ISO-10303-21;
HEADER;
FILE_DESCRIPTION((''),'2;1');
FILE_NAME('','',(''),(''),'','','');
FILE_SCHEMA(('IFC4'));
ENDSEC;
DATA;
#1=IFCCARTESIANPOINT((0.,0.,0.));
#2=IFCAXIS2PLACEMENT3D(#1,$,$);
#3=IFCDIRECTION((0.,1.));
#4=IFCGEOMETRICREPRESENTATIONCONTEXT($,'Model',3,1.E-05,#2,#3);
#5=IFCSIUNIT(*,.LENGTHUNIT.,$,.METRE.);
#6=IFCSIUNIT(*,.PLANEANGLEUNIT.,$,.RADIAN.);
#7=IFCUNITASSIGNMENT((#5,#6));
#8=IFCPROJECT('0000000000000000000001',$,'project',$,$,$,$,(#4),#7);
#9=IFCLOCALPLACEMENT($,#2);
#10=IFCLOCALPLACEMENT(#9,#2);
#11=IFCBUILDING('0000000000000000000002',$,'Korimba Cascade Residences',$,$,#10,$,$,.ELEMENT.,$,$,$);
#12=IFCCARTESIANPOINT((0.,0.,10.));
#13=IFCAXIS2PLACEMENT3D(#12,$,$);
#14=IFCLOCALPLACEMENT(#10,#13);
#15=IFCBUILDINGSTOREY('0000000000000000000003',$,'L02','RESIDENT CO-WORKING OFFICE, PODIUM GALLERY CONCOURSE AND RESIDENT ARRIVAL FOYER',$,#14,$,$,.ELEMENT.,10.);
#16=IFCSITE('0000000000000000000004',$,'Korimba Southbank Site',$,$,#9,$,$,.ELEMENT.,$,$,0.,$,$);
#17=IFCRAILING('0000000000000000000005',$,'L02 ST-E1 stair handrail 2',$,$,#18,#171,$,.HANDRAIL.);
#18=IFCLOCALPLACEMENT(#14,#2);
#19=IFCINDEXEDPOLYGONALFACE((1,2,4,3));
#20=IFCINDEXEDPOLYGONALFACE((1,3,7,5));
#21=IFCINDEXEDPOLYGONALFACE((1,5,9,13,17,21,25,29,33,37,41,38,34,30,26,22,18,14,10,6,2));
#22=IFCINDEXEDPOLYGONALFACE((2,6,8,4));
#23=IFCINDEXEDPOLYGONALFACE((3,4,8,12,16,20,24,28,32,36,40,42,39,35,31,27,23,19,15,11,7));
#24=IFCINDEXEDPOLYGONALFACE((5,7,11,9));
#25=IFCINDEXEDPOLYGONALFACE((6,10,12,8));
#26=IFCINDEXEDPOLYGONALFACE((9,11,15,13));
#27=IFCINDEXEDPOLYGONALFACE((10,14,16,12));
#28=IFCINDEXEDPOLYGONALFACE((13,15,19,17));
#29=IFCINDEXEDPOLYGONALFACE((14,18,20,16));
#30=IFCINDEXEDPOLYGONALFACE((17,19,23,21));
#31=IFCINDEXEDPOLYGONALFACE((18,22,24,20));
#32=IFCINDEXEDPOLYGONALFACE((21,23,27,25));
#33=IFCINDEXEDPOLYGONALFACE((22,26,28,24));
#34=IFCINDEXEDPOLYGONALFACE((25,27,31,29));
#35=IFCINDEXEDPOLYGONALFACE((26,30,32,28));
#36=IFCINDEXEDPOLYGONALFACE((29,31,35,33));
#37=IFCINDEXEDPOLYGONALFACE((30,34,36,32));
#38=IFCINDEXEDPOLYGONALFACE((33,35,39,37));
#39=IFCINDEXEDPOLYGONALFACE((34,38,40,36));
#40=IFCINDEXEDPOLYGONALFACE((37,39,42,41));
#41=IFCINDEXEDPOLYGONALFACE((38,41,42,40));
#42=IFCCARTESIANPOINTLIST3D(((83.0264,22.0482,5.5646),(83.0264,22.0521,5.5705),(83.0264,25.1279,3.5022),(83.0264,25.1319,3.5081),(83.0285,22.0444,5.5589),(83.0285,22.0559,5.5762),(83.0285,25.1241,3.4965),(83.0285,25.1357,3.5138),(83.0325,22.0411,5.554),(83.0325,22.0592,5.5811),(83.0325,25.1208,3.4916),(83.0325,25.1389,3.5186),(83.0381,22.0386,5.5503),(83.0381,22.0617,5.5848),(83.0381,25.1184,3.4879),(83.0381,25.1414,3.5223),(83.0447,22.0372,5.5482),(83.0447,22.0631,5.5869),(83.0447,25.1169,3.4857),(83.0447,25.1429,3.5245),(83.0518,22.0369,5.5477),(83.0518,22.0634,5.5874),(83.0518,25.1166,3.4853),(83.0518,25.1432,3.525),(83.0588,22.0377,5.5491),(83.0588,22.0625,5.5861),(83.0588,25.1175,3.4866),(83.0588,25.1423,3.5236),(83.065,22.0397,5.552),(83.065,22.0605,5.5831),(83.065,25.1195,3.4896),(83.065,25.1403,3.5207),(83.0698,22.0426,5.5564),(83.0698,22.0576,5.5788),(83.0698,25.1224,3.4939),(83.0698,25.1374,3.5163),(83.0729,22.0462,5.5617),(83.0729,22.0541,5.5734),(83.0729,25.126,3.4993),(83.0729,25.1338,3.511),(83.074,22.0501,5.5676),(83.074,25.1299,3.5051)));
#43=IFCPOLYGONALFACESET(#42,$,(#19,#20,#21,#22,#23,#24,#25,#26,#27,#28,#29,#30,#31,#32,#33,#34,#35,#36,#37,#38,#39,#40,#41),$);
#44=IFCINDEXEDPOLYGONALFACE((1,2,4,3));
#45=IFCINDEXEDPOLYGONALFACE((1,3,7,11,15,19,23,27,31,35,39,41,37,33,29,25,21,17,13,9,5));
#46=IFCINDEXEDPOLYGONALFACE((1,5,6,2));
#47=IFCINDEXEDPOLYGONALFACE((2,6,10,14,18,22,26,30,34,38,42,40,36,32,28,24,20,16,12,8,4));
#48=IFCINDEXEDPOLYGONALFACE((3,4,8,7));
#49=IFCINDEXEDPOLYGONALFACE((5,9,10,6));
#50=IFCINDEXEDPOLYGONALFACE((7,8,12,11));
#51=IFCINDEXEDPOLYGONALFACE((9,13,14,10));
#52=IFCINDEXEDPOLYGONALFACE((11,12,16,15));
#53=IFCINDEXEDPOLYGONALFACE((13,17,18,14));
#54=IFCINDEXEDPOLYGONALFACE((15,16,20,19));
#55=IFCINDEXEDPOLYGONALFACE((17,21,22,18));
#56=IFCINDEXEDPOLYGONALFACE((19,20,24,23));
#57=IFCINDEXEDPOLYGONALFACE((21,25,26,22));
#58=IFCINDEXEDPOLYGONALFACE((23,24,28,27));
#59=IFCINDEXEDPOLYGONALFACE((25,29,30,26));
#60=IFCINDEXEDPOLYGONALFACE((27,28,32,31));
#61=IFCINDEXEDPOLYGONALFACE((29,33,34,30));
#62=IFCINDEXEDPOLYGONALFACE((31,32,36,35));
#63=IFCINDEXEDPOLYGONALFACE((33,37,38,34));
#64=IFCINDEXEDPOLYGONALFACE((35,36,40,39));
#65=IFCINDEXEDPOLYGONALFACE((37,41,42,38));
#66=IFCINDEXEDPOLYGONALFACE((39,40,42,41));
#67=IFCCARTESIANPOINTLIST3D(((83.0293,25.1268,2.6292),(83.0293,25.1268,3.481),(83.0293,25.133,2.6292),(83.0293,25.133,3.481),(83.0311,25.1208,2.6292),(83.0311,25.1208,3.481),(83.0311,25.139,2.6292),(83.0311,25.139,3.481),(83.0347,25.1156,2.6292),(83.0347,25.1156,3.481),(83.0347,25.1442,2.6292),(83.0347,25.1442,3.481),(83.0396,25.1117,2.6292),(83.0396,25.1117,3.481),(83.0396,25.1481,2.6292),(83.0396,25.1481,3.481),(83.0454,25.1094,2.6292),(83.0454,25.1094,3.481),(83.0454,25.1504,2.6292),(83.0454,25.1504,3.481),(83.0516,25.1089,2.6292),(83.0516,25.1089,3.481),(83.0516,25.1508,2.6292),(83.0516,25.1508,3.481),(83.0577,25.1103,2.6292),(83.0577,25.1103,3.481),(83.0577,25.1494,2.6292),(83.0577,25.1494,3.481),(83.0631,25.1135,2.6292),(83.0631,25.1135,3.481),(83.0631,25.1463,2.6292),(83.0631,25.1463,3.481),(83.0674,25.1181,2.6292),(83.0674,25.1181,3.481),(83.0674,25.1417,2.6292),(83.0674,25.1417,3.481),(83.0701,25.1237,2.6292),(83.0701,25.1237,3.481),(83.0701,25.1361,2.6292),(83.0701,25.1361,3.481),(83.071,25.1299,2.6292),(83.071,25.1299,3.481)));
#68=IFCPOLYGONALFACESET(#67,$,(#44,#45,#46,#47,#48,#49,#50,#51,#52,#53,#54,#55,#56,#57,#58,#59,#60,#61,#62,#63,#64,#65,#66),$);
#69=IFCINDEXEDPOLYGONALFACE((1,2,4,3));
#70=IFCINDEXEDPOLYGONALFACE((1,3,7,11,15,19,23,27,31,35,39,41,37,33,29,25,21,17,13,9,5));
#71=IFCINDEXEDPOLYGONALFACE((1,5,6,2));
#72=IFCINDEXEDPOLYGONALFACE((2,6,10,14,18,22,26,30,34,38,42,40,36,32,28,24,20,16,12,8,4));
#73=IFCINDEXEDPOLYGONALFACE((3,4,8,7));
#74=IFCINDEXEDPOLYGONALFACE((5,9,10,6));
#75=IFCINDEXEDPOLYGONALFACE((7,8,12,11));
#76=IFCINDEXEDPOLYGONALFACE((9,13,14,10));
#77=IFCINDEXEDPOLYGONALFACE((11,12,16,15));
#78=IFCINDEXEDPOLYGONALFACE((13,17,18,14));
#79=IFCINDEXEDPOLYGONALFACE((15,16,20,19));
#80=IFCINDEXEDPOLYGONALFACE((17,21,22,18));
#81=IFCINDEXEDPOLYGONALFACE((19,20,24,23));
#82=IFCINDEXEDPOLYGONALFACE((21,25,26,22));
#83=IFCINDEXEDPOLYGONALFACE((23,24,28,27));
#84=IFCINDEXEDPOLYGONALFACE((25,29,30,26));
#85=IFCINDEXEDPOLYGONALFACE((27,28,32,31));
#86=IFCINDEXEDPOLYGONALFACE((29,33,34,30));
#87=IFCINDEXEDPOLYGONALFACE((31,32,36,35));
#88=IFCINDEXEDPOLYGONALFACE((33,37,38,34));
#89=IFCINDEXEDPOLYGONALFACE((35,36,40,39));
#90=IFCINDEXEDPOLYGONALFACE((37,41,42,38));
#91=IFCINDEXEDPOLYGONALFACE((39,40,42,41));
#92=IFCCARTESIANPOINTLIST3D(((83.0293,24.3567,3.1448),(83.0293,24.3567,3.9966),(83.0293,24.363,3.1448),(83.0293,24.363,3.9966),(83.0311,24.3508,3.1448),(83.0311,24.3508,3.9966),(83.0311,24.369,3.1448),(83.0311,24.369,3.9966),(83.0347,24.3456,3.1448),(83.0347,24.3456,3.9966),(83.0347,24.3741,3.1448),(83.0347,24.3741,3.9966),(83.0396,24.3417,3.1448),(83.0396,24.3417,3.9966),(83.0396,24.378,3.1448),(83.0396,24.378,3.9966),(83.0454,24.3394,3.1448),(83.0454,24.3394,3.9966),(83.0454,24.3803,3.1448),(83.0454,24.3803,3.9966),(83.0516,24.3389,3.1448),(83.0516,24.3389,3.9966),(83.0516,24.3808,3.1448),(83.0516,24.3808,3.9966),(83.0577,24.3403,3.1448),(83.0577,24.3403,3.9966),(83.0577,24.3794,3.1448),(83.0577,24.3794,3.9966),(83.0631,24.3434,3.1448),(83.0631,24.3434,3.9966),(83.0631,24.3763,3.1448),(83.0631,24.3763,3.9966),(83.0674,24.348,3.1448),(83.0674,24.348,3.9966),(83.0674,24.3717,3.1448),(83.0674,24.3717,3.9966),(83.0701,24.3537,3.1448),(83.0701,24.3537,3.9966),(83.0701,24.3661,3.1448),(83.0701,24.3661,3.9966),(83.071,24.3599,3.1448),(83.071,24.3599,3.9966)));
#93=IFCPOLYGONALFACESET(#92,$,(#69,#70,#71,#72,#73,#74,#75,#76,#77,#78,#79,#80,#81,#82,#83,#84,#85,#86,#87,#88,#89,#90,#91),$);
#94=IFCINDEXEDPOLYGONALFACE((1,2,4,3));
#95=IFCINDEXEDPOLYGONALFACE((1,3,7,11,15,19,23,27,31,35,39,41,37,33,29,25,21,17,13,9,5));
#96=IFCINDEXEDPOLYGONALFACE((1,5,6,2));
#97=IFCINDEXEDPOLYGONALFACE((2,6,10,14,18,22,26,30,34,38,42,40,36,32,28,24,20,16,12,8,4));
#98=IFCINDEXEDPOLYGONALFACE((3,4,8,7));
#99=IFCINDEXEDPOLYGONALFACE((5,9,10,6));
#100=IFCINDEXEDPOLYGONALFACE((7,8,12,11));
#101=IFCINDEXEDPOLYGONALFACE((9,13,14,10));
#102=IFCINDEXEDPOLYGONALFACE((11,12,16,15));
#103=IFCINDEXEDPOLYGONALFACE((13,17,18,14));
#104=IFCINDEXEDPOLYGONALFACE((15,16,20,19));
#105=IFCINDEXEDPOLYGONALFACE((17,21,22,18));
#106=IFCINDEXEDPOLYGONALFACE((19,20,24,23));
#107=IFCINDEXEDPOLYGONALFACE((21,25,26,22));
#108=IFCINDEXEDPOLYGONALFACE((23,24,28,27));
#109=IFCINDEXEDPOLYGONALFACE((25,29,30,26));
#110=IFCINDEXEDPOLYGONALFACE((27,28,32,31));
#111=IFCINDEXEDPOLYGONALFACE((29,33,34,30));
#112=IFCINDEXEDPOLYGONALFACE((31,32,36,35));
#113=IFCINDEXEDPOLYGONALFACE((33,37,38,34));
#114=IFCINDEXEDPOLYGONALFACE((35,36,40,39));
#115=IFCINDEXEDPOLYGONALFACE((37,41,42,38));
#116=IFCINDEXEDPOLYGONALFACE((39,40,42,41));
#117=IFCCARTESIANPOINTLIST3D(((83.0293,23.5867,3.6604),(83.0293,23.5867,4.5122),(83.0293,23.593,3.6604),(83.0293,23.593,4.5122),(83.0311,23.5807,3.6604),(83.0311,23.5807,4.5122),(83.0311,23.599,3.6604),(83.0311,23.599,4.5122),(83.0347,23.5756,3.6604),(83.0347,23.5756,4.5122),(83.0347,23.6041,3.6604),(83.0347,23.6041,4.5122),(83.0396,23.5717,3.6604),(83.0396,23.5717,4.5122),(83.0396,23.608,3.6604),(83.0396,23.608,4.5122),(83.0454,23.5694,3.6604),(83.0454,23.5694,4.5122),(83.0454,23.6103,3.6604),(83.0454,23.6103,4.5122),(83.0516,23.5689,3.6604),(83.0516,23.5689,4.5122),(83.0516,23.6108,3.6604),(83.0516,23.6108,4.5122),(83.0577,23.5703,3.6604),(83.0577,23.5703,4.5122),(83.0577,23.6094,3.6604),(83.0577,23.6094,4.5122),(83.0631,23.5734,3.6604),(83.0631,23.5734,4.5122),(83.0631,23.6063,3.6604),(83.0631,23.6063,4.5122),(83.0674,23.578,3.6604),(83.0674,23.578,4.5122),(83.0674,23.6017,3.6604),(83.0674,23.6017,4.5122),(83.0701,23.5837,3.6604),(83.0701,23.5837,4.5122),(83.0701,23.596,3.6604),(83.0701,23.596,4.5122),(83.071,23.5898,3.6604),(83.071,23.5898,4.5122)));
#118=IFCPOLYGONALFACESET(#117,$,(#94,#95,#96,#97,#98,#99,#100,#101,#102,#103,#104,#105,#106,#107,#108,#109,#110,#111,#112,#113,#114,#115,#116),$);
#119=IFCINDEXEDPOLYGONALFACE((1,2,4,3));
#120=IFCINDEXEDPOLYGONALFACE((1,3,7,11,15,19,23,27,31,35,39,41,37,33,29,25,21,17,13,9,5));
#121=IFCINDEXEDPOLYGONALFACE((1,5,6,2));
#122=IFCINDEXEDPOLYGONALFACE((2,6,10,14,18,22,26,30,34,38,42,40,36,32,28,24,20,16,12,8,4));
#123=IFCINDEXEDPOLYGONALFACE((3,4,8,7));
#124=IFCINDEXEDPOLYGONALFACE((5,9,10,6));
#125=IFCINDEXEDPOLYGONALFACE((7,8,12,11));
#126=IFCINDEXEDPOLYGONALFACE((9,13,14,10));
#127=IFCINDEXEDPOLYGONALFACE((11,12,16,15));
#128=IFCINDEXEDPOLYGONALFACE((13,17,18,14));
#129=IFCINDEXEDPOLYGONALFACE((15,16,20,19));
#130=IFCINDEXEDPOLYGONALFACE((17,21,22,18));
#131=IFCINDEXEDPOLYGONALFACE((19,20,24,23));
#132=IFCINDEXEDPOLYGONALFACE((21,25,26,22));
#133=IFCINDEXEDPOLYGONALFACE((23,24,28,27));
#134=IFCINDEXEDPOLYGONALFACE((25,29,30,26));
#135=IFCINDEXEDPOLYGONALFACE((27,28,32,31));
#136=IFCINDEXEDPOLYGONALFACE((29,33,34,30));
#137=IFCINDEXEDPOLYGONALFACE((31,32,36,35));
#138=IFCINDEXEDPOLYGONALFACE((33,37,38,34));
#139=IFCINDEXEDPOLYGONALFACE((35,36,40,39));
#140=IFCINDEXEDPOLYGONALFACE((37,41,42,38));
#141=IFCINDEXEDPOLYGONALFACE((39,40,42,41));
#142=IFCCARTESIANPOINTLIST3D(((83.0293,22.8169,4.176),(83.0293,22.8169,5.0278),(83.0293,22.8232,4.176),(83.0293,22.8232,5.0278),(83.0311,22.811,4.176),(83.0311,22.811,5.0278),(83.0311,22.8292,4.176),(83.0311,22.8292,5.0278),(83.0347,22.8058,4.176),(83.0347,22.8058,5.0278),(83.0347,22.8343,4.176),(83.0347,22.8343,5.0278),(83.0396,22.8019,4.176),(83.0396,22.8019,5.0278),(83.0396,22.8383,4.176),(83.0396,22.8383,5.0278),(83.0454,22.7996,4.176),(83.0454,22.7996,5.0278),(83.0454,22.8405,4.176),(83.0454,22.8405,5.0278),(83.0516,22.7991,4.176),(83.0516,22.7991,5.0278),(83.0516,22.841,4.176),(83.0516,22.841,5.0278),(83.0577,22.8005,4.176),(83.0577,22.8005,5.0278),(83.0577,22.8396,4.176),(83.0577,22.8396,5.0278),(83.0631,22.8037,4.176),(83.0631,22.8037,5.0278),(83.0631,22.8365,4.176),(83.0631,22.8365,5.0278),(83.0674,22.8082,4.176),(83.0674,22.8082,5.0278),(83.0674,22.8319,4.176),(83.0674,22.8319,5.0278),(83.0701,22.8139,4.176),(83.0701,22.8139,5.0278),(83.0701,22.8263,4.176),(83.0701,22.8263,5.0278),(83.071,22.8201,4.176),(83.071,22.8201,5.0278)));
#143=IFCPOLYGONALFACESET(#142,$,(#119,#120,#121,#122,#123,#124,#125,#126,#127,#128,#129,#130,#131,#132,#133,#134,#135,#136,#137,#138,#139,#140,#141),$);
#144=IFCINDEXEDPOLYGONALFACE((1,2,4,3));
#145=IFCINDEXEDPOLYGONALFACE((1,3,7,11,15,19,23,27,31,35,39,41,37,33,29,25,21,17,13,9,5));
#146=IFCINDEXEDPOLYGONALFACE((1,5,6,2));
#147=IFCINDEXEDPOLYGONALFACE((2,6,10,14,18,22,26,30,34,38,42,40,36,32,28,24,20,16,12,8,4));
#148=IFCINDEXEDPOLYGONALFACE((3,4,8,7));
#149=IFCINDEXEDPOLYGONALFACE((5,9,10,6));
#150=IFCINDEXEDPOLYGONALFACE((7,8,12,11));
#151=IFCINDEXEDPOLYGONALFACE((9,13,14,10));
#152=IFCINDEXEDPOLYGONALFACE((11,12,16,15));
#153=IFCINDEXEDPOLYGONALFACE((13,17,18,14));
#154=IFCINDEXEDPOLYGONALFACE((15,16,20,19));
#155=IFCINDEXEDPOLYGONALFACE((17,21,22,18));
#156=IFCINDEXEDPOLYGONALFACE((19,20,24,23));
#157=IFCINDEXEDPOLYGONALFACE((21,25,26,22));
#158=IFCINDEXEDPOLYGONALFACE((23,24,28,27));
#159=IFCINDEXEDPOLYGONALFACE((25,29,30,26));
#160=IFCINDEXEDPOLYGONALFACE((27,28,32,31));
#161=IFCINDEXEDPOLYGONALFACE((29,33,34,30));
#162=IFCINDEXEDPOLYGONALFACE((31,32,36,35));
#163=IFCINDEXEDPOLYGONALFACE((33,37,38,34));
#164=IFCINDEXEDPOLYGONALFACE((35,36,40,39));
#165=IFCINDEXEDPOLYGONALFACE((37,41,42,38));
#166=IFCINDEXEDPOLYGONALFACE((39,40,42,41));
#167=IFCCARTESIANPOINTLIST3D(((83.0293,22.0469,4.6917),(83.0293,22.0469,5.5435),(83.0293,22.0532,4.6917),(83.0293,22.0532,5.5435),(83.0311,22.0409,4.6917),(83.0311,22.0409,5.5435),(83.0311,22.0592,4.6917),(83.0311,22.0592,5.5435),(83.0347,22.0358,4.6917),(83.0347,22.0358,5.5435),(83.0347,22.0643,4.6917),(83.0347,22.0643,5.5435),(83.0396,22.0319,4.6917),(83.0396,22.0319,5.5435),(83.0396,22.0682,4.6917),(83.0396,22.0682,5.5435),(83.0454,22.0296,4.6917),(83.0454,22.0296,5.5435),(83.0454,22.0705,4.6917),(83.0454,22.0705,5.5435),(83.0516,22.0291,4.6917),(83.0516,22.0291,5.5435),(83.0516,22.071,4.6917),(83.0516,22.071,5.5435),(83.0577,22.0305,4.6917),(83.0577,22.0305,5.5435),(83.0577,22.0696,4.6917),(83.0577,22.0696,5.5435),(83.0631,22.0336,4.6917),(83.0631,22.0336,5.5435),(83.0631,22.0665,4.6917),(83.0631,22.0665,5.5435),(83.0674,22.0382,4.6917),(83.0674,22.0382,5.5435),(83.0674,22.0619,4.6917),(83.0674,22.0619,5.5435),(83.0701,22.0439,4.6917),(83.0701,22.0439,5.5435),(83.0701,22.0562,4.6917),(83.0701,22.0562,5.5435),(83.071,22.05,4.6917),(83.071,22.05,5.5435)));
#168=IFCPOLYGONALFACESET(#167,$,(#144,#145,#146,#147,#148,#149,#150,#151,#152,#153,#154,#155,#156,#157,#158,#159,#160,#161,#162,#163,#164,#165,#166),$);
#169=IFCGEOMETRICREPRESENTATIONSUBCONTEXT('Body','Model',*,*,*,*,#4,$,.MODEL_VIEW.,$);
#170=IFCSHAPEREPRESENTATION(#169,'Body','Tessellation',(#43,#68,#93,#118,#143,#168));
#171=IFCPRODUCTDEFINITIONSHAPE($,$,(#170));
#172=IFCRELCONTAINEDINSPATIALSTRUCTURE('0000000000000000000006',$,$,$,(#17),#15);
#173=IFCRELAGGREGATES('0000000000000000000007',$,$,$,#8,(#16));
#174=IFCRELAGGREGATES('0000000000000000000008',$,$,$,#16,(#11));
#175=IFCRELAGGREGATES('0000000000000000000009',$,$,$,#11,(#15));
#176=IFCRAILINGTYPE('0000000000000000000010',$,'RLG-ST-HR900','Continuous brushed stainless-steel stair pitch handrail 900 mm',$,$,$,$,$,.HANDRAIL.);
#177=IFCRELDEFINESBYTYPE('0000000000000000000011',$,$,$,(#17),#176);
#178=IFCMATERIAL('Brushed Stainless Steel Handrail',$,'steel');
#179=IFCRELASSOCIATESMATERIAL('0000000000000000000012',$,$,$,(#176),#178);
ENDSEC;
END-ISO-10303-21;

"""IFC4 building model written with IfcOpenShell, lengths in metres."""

from ifc_helpers import new_model, si_unit, direction, frame, origin, origin_2d, place, context, subcontext, project, spatial, circle, extrude, material, type_object, element, save


model = new_model("IFC4")

# Units and contexts
model_context = context("Model", 3, precision=1e-05, world=origin(), true_north=direction((0.0, 1.0)))
body_context = subcontext(model_context, "Body", "Model", "MODEL_VIEW")
ifc_project = project(units=[si_unit("LENGTHUNIT", "METRE"), si_unit("PLANEANGLEUNIT", "RADIAN")], contexts=[model_context])

# Site, building, storey
site_placement = place(None, origin())
site = spatial("IfcSite", under=ifc_project, at=site_placement, Name="Korimba Southbank Site", CompositionType="ELEMENT", RefElevation=0.0)
building_placement = place(site_placement, origin())
building = spatial("IfcBuilding", under=site, at=building_placement, Name="Korimba Cascade Residences", CompositionType="ELEMENT")
storey_placement = place(building_placement, frame((0.0, 0.0, 10.0)))
storey = spatial("IfcBuildingStorey", under=building, at=storey_placement, Name="L02", Description="RESIDENT CO-WORKING OFFICE, PODIUM GALLERY CONCOURSE AND RESIDENT ARRIVAL FOYER", CompositionType="ELEMENT", Elevation=10.0)

# Railing
ifc_material_1 = material(Name="Brushed Stainless Steel Handrail", Category="steel")
railing_type_1 = type_object("IfcRailingType", Name="RLG-ST-HR900", Description="Continuous brushed stainless-steel stair pitch handrail 900 mm", PredefinedType="HANDRAIL", material=ifc_material_1)
railing_1_placement = place(storey_placement, frame((83.05, 25.1299, 2.6292)))
element("IfcRailing", 1, at=railing_1_placement, inside=storey, type_object=railing_type_1, Name="L02 ST-E1 stair handrail 2", PredefinedType="HANDRAIL", context=body_context, shape_type="SweptSolid", body=[
    extrude(circle(Radius=0.0239, at=origin_2d()), frame((0.0, 0.0, 0.876), z_axis=(0.0, -0.830893, 0.556432), x_axis=(1.0, 0.0, 0.0)), (0.0, 0.0, 1.0), 3.7065),
    extrude(circle(Radius=0.021, at=origin_2d()), origin(), (0.0, 0.0, 1.0), 0.8518),
    extrude(circle(Radius=0.021, at=origin_2d()), frame((0.0, -0.77, 0.5156)), (0.0, 0.0, 1.0), 0.8518),
    extrude(circle(Radius=0.021, at=origin_2d()), frame((0.0, -1.54, 1.0312)), (0.0, 0.0, 1.0), 0.8518),
    extrude(circle(Radius=0.021, at=origin_2d()), frame((0.0, -2.3098, 1.5469)), (0.0, 0.0, 1.0), 0.8518),
    extrude(circle(Radius=0.021, at=origin_2d()), frame((0.0, -3.0798, 2.0625)), (0.0, 0.0, 1.0), 0.8518),
])

save(model, "model.ifc")
